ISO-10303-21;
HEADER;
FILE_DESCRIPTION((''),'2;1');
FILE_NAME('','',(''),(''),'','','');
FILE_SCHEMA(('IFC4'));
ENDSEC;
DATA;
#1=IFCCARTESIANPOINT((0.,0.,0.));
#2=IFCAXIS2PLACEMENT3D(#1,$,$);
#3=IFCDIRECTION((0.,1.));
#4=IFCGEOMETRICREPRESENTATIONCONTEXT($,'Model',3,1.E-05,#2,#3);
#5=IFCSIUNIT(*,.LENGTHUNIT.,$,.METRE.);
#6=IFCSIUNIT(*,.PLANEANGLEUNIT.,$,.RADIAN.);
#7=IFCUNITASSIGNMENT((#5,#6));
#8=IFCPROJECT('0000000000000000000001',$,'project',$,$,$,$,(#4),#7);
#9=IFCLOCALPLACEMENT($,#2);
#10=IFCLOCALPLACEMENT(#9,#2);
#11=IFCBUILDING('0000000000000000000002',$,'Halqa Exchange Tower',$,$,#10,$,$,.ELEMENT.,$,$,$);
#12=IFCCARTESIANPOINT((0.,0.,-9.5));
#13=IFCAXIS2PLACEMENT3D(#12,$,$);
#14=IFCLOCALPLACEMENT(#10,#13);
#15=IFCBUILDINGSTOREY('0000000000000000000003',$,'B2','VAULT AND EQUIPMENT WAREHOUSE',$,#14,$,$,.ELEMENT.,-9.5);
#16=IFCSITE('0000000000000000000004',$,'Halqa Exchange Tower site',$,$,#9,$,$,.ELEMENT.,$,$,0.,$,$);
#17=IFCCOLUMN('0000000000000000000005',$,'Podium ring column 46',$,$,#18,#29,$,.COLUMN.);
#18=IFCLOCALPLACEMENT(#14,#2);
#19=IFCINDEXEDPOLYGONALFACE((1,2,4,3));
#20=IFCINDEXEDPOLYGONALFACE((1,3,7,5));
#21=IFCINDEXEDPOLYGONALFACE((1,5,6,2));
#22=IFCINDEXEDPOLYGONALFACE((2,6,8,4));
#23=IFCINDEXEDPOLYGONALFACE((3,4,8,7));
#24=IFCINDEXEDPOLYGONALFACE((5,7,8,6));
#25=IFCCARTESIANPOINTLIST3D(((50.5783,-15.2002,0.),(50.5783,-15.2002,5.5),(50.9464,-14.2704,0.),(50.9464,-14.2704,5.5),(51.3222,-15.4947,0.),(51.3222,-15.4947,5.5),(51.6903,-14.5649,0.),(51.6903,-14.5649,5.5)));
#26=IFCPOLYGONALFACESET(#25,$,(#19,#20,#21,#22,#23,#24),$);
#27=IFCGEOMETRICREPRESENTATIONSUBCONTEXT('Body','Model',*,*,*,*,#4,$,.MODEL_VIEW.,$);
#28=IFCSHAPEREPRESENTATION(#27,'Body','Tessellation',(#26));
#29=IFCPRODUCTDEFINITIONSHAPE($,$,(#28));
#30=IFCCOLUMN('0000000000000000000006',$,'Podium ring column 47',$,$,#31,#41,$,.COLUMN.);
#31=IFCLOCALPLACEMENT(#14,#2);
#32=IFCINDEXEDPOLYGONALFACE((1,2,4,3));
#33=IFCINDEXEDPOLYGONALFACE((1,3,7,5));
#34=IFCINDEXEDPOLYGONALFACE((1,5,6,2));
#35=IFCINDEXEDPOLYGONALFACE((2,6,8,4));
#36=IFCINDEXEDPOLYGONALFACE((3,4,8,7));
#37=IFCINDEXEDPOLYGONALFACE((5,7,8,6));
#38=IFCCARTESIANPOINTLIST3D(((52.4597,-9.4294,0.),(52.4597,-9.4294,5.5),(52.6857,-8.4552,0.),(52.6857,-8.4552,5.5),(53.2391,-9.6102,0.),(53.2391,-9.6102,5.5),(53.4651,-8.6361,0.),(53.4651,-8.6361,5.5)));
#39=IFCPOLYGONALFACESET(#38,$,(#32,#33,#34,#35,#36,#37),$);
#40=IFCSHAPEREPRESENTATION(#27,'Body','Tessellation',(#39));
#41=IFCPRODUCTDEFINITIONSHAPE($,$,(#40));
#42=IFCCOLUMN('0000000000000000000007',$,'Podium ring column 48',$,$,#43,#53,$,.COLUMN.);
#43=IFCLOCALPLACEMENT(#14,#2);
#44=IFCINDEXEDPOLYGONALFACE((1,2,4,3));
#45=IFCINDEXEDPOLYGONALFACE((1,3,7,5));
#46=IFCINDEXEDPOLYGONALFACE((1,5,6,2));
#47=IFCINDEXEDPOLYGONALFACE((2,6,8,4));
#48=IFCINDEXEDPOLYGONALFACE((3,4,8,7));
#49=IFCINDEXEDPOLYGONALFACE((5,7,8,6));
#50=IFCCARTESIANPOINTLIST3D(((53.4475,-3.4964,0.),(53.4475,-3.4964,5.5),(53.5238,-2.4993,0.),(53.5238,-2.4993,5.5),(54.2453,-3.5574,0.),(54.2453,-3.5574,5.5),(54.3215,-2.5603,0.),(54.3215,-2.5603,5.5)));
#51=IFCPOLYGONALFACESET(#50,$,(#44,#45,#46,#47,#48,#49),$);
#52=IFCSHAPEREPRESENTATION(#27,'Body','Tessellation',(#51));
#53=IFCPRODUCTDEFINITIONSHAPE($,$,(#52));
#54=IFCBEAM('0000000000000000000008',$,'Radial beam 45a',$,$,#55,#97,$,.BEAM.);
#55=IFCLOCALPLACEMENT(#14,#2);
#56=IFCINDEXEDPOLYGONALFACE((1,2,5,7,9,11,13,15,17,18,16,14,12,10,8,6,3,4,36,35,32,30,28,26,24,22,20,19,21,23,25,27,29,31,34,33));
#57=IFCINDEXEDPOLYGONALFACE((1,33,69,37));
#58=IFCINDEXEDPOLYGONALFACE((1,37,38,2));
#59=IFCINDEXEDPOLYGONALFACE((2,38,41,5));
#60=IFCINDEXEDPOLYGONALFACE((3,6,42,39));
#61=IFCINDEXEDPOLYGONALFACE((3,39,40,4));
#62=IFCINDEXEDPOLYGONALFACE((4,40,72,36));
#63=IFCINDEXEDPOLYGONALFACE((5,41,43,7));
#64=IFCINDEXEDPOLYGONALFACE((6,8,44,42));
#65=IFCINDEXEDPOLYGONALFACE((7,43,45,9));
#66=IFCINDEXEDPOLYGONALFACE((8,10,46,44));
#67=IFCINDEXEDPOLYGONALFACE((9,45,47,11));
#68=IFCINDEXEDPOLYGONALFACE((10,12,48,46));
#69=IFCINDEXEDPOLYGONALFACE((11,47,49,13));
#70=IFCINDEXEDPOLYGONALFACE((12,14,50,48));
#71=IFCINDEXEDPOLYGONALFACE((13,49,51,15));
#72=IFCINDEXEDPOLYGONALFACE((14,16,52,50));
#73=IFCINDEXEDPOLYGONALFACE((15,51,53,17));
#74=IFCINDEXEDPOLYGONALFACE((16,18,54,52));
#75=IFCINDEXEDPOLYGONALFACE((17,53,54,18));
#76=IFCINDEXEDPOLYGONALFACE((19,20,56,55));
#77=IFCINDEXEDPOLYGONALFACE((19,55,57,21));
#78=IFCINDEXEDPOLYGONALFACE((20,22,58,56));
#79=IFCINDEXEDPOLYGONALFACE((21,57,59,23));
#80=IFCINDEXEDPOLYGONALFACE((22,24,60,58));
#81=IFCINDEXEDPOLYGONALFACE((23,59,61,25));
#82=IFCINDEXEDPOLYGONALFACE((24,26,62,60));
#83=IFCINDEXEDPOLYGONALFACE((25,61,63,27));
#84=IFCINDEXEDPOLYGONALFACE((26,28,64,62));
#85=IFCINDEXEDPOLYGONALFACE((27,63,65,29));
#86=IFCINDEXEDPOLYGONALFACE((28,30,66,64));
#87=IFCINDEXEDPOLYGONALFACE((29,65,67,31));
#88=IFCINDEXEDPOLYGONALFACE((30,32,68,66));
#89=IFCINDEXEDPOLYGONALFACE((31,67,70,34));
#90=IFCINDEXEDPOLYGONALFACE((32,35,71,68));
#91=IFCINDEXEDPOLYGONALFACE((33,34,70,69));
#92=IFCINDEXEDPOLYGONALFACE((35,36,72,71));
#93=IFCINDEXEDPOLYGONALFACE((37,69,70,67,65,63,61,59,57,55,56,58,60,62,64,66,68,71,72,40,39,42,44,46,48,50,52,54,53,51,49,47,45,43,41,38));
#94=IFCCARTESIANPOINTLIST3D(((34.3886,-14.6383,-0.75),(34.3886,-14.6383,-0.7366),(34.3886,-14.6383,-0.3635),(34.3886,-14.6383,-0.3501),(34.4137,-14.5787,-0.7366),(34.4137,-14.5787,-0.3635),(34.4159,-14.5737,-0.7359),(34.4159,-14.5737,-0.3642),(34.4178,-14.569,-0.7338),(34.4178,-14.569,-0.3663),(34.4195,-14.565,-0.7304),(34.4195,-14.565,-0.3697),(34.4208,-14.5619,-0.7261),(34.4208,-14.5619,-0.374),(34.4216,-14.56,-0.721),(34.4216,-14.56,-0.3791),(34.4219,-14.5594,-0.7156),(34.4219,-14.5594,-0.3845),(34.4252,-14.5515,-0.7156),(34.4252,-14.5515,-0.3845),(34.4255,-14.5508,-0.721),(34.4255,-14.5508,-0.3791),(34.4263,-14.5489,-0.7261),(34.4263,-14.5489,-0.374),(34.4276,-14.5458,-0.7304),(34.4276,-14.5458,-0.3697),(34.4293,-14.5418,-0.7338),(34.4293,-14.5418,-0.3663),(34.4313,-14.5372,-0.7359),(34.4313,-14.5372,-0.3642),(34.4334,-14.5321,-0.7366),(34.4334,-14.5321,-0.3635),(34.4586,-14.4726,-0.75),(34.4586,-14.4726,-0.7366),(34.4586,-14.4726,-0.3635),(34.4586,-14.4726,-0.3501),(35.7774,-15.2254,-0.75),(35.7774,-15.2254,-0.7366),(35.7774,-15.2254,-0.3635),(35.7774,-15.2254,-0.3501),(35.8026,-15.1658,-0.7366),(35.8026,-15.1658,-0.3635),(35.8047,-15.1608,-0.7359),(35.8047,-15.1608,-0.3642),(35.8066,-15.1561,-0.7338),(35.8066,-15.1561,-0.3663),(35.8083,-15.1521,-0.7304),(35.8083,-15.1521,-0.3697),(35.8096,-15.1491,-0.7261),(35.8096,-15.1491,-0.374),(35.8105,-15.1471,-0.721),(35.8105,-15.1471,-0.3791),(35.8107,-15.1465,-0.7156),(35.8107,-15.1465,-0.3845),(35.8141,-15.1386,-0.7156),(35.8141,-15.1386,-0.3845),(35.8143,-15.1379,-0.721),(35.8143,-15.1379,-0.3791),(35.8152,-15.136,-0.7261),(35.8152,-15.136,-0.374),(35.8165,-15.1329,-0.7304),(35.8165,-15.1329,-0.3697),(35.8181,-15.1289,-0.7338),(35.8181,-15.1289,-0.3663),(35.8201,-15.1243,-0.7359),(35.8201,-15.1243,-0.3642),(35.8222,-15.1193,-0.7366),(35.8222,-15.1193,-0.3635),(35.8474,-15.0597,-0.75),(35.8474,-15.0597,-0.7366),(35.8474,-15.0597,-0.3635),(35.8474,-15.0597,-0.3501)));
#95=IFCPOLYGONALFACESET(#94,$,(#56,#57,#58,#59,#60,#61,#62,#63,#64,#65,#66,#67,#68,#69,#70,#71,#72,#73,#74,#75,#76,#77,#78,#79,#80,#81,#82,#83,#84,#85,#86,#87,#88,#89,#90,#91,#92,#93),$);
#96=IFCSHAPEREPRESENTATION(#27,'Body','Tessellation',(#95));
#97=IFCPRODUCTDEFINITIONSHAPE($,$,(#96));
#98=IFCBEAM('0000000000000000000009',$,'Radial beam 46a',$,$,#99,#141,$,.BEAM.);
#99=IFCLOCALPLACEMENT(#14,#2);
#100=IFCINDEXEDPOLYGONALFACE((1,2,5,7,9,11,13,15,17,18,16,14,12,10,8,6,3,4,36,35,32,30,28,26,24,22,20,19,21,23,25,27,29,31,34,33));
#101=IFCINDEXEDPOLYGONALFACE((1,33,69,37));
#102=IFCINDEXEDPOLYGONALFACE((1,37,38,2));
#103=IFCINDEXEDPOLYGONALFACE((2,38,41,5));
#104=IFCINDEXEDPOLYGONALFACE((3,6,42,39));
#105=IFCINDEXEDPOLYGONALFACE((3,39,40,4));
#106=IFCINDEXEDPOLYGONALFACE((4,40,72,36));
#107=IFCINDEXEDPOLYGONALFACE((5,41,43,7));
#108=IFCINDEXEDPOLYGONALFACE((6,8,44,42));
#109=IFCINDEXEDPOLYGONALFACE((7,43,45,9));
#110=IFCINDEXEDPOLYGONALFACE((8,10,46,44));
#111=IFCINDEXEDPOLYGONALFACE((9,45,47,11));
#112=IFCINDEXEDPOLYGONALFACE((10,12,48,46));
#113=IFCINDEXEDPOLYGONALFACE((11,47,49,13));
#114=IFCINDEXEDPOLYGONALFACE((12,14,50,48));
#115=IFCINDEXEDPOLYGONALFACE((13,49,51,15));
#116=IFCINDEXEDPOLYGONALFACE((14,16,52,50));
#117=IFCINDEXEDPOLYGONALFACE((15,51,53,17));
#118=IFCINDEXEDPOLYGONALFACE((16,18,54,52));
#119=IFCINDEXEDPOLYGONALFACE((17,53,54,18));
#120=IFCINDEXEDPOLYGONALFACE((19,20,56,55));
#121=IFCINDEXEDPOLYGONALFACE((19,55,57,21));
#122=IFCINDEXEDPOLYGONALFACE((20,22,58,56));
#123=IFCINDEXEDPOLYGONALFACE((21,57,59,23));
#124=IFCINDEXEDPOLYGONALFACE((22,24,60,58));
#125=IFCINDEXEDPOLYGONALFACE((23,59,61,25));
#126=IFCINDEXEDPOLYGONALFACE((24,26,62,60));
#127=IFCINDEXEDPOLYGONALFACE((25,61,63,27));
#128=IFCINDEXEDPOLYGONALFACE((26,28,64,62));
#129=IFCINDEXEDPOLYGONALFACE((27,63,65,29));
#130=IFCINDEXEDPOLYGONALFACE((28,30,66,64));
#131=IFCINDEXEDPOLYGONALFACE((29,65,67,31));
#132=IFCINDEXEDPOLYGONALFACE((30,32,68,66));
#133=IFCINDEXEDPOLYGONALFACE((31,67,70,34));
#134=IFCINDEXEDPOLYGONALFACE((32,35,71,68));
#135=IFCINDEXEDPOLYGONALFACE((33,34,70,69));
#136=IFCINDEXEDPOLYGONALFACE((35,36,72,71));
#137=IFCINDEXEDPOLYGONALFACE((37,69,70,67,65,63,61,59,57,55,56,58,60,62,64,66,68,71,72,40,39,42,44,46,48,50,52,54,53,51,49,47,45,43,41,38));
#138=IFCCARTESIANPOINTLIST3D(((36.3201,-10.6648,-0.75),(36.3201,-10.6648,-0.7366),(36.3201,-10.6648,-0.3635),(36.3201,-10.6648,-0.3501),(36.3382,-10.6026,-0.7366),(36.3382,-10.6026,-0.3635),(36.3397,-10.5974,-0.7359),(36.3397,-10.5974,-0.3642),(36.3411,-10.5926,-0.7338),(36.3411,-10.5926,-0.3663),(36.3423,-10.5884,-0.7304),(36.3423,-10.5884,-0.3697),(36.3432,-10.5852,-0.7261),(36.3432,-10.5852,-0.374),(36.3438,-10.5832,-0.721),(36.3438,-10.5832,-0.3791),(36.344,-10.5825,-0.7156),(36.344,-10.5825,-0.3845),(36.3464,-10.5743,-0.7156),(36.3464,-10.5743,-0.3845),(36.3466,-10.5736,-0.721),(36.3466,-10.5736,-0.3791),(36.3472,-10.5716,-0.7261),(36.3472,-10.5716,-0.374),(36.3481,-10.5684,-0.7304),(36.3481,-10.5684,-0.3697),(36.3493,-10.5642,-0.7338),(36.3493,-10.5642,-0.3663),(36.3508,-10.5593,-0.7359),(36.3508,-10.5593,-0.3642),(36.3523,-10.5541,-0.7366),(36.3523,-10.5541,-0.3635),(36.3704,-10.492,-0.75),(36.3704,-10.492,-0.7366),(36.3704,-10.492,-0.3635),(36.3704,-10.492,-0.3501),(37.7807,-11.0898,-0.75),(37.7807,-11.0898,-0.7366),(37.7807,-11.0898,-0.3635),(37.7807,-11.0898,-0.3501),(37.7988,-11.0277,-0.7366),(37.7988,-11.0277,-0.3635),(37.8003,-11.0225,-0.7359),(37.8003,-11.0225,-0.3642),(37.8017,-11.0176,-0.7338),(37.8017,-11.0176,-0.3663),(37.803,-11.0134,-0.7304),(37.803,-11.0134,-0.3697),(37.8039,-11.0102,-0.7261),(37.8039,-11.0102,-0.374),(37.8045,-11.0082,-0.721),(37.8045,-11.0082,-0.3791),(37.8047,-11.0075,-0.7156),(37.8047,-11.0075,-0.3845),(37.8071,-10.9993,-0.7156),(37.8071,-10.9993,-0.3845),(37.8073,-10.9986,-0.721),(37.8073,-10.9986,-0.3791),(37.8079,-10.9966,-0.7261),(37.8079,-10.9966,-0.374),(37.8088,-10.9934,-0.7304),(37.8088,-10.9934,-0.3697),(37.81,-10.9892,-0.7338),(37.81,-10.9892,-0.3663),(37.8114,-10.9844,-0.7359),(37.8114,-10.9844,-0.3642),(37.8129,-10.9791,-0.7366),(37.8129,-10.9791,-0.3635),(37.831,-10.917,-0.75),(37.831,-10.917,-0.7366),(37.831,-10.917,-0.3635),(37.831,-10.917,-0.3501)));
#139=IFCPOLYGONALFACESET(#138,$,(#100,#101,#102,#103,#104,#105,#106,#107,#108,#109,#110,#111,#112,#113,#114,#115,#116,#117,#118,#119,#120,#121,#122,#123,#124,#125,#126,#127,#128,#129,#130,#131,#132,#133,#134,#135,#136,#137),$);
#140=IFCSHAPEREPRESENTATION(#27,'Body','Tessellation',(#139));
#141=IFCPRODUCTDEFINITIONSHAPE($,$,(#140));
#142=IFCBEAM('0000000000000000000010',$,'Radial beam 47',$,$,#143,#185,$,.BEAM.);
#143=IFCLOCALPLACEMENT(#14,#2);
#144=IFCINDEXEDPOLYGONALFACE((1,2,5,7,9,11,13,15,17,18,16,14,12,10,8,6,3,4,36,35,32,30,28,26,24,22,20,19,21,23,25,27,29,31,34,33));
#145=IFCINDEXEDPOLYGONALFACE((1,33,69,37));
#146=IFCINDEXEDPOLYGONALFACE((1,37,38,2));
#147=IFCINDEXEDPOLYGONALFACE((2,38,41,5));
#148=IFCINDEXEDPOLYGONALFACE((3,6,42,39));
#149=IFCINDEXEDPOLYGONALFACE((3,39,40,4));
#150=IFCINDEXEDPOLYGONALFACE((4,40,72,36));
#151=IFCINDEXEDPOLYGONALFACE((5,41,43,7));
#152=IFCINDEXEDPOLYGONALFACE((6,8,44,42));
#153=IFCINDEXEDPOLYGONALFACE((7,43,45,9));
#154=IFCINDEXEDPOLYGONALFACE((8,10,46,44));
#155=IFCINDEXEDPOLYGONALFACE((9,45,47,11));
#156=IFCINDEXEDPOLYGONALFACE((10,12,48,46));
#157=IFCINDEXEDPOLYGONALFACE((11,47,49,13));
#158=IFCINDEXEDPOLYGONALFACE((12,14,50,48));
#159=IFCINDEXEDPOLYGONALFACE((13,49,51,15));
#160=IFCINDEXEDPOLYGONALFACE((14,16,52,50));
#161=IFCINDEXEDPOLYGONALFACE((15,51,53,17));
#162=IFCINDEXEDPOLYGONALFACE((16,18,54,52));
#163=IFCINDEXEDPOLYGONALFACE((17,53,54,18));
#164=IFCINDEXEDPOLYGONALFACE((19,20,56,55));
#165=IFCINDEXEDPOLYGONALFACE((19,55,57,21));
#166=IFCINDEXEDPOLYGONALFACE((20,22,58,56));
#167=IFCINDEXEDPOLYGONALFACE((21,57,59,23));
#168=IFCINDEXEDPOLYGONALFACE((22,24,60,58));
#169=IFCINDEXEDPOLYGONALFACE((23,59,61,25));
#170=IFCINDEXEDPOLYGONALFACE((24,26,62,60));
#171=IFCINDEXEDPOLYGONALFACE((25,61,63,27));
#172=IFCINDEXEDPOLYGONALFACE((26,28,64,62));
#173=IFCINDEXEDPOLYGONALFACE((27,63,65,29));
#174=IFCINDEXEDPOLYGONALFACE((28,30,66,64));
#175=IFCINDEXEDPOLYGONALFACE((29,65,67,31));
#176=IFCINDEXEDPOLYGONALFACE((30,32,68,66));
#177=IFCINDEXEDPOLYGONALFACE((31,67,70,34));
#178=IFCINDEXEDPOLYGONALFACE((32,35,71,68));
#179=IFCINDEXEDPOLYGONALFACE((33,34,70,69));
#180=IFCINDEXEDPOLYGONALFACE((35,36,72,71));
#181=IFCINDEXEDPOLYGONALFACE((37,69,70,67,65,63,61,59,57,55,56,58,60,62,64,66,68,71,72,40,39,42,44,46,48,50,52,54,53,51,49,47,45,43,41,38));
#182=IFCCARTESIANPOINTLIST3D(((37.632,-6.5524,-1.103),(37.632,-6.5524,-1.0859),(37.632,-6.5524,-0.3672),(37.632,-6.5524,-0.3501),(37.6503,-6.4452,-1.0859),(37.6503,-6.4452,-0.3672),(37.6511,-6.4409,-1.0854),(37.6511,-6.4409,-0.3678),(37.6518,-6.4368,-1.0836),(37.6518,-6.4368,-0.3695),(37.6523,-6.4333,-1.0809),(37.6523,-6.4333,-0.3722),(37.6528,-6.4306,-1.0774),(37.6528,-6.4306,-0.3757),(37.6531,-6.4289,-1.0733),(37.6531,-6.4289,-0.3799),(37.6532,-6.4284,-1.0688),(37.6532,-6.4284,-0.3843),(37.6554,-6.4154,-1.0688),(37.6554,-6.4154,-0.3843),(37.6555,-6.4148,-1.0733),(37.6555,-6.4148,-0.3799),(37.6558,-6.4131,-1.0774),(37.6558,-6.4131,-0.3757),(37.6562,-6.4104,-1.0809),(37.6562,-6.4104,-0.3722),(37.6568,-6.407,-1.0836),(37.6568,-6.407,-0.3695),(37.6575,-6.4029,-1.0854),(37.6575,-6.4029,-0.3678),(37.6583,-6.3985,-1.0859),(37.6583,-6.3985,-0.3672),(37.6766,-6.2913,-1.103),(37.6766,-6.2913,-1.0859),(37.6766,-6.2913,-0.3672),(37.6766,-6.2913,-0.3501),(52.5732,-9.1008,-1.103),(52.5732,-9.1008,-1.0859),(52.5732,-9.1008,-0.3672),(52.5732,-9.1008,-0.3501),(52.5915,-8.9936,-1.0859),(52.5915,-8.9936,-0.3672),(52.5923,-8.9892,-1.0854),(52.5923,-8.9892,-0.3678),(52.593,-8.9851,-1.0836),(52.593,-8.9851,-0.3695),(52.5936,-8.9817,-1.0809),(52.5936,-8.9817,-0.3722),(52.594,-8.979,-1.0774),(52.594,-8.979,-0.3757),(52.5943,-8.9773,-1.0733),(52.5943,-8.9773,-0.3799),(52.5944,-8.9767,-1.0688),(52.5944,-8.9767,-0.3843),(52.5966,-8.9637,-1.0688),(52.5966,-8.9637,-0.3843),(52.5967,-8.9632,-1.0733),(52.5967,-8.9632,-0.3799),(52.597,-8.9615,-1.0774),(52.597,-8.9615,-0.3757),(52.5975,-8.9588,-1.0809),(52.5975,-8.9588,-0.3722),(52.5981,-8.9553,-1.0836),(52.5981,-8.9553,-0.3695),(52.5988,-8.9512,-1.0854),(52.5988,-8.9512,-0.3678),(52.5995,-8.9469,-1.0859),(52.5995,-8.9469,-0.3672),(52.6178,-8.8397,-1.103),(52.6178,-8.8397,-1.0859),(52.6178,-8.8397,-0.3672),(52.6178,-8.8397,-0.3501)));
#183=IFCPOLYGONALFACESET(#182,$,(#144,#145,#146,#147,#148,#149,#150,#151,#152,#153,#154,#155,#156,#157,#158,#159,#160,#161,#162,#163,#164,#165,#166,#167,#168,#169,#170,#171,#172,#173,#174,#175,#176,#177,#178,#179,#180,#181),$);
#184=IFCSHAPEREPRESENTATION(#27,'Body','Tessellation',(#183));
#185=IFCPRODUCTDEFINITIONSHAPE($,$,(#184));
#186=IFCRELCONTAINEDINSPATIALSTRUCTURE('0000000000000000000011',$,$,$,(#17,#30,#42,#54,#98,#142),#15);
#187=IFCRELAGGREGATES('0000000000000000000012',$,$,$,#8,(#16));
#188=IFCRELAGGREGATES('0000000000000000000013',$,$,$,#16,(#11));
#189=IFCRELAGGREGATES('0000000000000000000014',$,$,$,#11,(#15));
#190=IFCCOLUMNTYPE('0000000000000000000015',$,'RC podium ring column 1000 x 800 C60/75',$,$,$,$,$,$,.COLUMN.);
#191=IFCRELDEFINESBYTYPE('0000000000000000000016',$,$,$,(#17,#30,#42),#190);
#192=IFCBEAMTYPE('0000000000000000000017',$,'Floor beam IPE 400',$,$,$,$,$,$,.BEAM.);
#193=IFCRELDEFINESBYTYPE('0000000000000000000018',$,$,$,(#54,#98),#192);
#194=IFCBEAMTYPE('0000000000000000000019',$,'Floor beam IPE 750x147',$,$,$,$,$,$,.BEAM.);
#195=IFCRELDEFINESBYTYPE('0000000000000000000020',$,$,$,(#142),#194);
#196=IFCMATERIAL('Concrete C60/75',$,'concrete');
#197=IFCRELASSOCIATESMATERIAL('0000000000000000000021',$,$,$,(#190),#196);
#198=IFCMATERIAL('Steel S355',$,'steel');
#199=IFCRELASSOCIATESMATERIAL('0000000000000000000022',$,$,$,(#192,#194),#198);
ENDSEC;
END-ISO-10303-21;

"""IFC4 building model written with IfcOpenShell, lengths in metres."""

from ifc_helpers import new_model, si_unit, direction, frame, origin, origin_2d, place, context, subcontext, project, spatial, rectangle, i_section, extrude, material, material_profile, profile_set, type_object, element, save


model = new_model("IFC4")

# Units and contexts
model_context = context("Model", 3, precision=1e-05, world=origin(), true_north=direction((0.0, 1.0)))
body_context = subcontext(model_context, "Body", "Model", "MODEL_VIEW")
ifc_project = project(units=[si_unit("LENGTHUNIT", "METRE"), si_unit("PLANEANGLEUNIT", "RADIAN")], contexts=[model_context])

# Site, building, storey
site_placement = place(None, origin())
site = spatial("IfcSite", under=ifc_project, at=site_placement, Name="Halqa Exchange Tower site", CompositionType="ELEMENT", RefElevation=0.0)
building_placement = place(site_placement, origin())
building = spatial("IfcBuilding", under=site, at=building_placement, Name="Halqa Exchange Tower", CompositionType="ELEMENT")
storey_placement = place(building_placement, frame((0.0, 0.0, -9.5)))
storey = spatial("IfcBuildingStorey", under=building, at=storey_placement, Name="B2", Description="VAULT AND EQUIPMENT WAREHOUSE", CompositionType="ELEMENT", Elevation=-9.5)

# Columns
ifc_material_1 = material(Name="Concrete C60/75", Category="concrete")
ifc_material_profile_1 = material_profile(ifc_material_1, rectangle(XDim=1.0, YDim=0.8, at=origin_2d()), Name="1000 x 800")
ifc_profile_set_1 = profile_set([ifc_material_profile_1], Name="Concrete C60/75")
column_type = type_object("IfcColumnType", Name="RC podium ring column 1000 x 800 C60/75", PredefinedType="COLUMN", material=ifc_profile_set_1)
for number, where, z_axis, x_axis, name in (
    (1, (51.1343, -14.8826, 0.0), (0.0, 0.0, 1.0), (0.36811, 0.929782, 0.0), "Podium ring column 46"),
    (2, (52.9624, -9.0327, 0.0), (0.0, 0.0, 1.0), (0.225997, 0.974128, 0.0), "Podium ring column 47"),
    (3, (53.8845, -3.0283, 0.0), (0.0, 0.0, 1.0), (0.076223, 0.997091, 0.0), "Podium ring column 48"),
):
    element("IfcColumn", number, at=place(storey_placement, frame(where, z_axis=z_axis, x_axis=x_axis)), inside=storey, type_object=column_type, Name=name, PredefinedType="COLUMN", context=body_context, shape_type="SweptSolid", body=[
        extrude(rectangle(XDim=1.0, YDim=0.8, at=origin_2d()), origin(), (0.0, 0.0, 1.0), 5.5),
    ])

# Beams
ifc_material_2 = material(Name="Steel S355", Category="steel")
ifc_material_profile_2 = material_profile(ifc_material_2, i_section(OverallWidth=0.1799, OverallDepth=0.3999, WebThickness=0.0085, FlangeThickness=0.0134, FilletRadius=0.021, at=origin_2d()), Name="IPE 400")
ifc_profile_set_2 = profile_set([ifc_material_profile_2], Name="Steel S355")
beam_type_1 = type_object("IfcBeamType", Name="Floor beam IPE 400", PredefinedType="BEAM", material=ifc_profile_set_2)
beam_1_placement = place(storey_placement, frame((34.4236, -14.5554, -0.55), z_axis=(0.921077, -0.389381, 0.0), x_axis=(0.389381, 0.921077, 0.0)))
element("IfcBeam", 4, at=beam_1_placement, inside=storey, type_object=beam_type_1, Name="Radial beam 45a", PredefinedType="BEAM", context=body_context, shape_type="SweptSolid", body=[
    extrude(i_section(OverallWidth=0.1799, OverallDepth=0.3999, WebThickness=0.0085, FlangeThickness=0.0134, FilletRadius=0.021, at=origin_2d()), origin(), (0.0, 0.0, 1.0), 1.5078),
])
beam_2_placement = place(storey_placement, frame((36.3452, -10.5784, -0.55), z_axis=(0.960174, -0.279402, 0.0), x_axis=(0.279402, 0.960174, 0.0)))
element("IfcBeam", 5, at=beam_2_placement, inside=storey, type_object=beam_type_1, Name="Radial beam 46a", PredefinedType="BEAM", context=body_context, shape_type="SweptSolid", body=[
    extrude(i_section(OverallWidth=0.1799, OverallDepth=0.3999, WebThickness=0.0085, FlangeThickness=0.0134, FilletRadius=0.021, at=origin_2d()), origin(), (0.0, 0.0, 1.0), 1.5212),
])
ifc_material_profile_3 = material_profile(ifc_material_2, i_section(OverallWidth=0.2649, OverallDepth=0.7529, WebThickness=0.0132, FlangeThickness=0.0171, FilletRadius=0.0171, at=origin_2d()), Name="IPE 750x147")
ifc_profile_set_3 = profile_set([ifc_material_profile_3], Name="Steel S355")
beam_type_2 = type_object("IfcBeamType", Name="Floor beam IPE 750x147", PredefinedType="BEAM", material=ifc_profile_set_3)
beam_3_placement = place(storey_placement, frame((37.6543, -6.4219, -0.7266), z_axis=(0.985765, -0.16813, 0.0), x_axis=(0.16813, 0.985765, 0.0)))
element("IfcBeam", 6, at=beam_3_placement, inside=storey, type_object=beam_type_2, Name="Radial beam 47", PredefinedType="BEAM", context=body_context, shape_type="SweptSolid", body=[
    extrude(i_section(OverallWidth=0.2649, OverallDepth=0.7529, WebThickness=0.0132, FlangeThickness=0.0171, FilletRadius=0.0171, at=origin_2d()), origin(), (0.0, 0.0, 1.0), 15.157),
])

save(model, "model.ifc")
